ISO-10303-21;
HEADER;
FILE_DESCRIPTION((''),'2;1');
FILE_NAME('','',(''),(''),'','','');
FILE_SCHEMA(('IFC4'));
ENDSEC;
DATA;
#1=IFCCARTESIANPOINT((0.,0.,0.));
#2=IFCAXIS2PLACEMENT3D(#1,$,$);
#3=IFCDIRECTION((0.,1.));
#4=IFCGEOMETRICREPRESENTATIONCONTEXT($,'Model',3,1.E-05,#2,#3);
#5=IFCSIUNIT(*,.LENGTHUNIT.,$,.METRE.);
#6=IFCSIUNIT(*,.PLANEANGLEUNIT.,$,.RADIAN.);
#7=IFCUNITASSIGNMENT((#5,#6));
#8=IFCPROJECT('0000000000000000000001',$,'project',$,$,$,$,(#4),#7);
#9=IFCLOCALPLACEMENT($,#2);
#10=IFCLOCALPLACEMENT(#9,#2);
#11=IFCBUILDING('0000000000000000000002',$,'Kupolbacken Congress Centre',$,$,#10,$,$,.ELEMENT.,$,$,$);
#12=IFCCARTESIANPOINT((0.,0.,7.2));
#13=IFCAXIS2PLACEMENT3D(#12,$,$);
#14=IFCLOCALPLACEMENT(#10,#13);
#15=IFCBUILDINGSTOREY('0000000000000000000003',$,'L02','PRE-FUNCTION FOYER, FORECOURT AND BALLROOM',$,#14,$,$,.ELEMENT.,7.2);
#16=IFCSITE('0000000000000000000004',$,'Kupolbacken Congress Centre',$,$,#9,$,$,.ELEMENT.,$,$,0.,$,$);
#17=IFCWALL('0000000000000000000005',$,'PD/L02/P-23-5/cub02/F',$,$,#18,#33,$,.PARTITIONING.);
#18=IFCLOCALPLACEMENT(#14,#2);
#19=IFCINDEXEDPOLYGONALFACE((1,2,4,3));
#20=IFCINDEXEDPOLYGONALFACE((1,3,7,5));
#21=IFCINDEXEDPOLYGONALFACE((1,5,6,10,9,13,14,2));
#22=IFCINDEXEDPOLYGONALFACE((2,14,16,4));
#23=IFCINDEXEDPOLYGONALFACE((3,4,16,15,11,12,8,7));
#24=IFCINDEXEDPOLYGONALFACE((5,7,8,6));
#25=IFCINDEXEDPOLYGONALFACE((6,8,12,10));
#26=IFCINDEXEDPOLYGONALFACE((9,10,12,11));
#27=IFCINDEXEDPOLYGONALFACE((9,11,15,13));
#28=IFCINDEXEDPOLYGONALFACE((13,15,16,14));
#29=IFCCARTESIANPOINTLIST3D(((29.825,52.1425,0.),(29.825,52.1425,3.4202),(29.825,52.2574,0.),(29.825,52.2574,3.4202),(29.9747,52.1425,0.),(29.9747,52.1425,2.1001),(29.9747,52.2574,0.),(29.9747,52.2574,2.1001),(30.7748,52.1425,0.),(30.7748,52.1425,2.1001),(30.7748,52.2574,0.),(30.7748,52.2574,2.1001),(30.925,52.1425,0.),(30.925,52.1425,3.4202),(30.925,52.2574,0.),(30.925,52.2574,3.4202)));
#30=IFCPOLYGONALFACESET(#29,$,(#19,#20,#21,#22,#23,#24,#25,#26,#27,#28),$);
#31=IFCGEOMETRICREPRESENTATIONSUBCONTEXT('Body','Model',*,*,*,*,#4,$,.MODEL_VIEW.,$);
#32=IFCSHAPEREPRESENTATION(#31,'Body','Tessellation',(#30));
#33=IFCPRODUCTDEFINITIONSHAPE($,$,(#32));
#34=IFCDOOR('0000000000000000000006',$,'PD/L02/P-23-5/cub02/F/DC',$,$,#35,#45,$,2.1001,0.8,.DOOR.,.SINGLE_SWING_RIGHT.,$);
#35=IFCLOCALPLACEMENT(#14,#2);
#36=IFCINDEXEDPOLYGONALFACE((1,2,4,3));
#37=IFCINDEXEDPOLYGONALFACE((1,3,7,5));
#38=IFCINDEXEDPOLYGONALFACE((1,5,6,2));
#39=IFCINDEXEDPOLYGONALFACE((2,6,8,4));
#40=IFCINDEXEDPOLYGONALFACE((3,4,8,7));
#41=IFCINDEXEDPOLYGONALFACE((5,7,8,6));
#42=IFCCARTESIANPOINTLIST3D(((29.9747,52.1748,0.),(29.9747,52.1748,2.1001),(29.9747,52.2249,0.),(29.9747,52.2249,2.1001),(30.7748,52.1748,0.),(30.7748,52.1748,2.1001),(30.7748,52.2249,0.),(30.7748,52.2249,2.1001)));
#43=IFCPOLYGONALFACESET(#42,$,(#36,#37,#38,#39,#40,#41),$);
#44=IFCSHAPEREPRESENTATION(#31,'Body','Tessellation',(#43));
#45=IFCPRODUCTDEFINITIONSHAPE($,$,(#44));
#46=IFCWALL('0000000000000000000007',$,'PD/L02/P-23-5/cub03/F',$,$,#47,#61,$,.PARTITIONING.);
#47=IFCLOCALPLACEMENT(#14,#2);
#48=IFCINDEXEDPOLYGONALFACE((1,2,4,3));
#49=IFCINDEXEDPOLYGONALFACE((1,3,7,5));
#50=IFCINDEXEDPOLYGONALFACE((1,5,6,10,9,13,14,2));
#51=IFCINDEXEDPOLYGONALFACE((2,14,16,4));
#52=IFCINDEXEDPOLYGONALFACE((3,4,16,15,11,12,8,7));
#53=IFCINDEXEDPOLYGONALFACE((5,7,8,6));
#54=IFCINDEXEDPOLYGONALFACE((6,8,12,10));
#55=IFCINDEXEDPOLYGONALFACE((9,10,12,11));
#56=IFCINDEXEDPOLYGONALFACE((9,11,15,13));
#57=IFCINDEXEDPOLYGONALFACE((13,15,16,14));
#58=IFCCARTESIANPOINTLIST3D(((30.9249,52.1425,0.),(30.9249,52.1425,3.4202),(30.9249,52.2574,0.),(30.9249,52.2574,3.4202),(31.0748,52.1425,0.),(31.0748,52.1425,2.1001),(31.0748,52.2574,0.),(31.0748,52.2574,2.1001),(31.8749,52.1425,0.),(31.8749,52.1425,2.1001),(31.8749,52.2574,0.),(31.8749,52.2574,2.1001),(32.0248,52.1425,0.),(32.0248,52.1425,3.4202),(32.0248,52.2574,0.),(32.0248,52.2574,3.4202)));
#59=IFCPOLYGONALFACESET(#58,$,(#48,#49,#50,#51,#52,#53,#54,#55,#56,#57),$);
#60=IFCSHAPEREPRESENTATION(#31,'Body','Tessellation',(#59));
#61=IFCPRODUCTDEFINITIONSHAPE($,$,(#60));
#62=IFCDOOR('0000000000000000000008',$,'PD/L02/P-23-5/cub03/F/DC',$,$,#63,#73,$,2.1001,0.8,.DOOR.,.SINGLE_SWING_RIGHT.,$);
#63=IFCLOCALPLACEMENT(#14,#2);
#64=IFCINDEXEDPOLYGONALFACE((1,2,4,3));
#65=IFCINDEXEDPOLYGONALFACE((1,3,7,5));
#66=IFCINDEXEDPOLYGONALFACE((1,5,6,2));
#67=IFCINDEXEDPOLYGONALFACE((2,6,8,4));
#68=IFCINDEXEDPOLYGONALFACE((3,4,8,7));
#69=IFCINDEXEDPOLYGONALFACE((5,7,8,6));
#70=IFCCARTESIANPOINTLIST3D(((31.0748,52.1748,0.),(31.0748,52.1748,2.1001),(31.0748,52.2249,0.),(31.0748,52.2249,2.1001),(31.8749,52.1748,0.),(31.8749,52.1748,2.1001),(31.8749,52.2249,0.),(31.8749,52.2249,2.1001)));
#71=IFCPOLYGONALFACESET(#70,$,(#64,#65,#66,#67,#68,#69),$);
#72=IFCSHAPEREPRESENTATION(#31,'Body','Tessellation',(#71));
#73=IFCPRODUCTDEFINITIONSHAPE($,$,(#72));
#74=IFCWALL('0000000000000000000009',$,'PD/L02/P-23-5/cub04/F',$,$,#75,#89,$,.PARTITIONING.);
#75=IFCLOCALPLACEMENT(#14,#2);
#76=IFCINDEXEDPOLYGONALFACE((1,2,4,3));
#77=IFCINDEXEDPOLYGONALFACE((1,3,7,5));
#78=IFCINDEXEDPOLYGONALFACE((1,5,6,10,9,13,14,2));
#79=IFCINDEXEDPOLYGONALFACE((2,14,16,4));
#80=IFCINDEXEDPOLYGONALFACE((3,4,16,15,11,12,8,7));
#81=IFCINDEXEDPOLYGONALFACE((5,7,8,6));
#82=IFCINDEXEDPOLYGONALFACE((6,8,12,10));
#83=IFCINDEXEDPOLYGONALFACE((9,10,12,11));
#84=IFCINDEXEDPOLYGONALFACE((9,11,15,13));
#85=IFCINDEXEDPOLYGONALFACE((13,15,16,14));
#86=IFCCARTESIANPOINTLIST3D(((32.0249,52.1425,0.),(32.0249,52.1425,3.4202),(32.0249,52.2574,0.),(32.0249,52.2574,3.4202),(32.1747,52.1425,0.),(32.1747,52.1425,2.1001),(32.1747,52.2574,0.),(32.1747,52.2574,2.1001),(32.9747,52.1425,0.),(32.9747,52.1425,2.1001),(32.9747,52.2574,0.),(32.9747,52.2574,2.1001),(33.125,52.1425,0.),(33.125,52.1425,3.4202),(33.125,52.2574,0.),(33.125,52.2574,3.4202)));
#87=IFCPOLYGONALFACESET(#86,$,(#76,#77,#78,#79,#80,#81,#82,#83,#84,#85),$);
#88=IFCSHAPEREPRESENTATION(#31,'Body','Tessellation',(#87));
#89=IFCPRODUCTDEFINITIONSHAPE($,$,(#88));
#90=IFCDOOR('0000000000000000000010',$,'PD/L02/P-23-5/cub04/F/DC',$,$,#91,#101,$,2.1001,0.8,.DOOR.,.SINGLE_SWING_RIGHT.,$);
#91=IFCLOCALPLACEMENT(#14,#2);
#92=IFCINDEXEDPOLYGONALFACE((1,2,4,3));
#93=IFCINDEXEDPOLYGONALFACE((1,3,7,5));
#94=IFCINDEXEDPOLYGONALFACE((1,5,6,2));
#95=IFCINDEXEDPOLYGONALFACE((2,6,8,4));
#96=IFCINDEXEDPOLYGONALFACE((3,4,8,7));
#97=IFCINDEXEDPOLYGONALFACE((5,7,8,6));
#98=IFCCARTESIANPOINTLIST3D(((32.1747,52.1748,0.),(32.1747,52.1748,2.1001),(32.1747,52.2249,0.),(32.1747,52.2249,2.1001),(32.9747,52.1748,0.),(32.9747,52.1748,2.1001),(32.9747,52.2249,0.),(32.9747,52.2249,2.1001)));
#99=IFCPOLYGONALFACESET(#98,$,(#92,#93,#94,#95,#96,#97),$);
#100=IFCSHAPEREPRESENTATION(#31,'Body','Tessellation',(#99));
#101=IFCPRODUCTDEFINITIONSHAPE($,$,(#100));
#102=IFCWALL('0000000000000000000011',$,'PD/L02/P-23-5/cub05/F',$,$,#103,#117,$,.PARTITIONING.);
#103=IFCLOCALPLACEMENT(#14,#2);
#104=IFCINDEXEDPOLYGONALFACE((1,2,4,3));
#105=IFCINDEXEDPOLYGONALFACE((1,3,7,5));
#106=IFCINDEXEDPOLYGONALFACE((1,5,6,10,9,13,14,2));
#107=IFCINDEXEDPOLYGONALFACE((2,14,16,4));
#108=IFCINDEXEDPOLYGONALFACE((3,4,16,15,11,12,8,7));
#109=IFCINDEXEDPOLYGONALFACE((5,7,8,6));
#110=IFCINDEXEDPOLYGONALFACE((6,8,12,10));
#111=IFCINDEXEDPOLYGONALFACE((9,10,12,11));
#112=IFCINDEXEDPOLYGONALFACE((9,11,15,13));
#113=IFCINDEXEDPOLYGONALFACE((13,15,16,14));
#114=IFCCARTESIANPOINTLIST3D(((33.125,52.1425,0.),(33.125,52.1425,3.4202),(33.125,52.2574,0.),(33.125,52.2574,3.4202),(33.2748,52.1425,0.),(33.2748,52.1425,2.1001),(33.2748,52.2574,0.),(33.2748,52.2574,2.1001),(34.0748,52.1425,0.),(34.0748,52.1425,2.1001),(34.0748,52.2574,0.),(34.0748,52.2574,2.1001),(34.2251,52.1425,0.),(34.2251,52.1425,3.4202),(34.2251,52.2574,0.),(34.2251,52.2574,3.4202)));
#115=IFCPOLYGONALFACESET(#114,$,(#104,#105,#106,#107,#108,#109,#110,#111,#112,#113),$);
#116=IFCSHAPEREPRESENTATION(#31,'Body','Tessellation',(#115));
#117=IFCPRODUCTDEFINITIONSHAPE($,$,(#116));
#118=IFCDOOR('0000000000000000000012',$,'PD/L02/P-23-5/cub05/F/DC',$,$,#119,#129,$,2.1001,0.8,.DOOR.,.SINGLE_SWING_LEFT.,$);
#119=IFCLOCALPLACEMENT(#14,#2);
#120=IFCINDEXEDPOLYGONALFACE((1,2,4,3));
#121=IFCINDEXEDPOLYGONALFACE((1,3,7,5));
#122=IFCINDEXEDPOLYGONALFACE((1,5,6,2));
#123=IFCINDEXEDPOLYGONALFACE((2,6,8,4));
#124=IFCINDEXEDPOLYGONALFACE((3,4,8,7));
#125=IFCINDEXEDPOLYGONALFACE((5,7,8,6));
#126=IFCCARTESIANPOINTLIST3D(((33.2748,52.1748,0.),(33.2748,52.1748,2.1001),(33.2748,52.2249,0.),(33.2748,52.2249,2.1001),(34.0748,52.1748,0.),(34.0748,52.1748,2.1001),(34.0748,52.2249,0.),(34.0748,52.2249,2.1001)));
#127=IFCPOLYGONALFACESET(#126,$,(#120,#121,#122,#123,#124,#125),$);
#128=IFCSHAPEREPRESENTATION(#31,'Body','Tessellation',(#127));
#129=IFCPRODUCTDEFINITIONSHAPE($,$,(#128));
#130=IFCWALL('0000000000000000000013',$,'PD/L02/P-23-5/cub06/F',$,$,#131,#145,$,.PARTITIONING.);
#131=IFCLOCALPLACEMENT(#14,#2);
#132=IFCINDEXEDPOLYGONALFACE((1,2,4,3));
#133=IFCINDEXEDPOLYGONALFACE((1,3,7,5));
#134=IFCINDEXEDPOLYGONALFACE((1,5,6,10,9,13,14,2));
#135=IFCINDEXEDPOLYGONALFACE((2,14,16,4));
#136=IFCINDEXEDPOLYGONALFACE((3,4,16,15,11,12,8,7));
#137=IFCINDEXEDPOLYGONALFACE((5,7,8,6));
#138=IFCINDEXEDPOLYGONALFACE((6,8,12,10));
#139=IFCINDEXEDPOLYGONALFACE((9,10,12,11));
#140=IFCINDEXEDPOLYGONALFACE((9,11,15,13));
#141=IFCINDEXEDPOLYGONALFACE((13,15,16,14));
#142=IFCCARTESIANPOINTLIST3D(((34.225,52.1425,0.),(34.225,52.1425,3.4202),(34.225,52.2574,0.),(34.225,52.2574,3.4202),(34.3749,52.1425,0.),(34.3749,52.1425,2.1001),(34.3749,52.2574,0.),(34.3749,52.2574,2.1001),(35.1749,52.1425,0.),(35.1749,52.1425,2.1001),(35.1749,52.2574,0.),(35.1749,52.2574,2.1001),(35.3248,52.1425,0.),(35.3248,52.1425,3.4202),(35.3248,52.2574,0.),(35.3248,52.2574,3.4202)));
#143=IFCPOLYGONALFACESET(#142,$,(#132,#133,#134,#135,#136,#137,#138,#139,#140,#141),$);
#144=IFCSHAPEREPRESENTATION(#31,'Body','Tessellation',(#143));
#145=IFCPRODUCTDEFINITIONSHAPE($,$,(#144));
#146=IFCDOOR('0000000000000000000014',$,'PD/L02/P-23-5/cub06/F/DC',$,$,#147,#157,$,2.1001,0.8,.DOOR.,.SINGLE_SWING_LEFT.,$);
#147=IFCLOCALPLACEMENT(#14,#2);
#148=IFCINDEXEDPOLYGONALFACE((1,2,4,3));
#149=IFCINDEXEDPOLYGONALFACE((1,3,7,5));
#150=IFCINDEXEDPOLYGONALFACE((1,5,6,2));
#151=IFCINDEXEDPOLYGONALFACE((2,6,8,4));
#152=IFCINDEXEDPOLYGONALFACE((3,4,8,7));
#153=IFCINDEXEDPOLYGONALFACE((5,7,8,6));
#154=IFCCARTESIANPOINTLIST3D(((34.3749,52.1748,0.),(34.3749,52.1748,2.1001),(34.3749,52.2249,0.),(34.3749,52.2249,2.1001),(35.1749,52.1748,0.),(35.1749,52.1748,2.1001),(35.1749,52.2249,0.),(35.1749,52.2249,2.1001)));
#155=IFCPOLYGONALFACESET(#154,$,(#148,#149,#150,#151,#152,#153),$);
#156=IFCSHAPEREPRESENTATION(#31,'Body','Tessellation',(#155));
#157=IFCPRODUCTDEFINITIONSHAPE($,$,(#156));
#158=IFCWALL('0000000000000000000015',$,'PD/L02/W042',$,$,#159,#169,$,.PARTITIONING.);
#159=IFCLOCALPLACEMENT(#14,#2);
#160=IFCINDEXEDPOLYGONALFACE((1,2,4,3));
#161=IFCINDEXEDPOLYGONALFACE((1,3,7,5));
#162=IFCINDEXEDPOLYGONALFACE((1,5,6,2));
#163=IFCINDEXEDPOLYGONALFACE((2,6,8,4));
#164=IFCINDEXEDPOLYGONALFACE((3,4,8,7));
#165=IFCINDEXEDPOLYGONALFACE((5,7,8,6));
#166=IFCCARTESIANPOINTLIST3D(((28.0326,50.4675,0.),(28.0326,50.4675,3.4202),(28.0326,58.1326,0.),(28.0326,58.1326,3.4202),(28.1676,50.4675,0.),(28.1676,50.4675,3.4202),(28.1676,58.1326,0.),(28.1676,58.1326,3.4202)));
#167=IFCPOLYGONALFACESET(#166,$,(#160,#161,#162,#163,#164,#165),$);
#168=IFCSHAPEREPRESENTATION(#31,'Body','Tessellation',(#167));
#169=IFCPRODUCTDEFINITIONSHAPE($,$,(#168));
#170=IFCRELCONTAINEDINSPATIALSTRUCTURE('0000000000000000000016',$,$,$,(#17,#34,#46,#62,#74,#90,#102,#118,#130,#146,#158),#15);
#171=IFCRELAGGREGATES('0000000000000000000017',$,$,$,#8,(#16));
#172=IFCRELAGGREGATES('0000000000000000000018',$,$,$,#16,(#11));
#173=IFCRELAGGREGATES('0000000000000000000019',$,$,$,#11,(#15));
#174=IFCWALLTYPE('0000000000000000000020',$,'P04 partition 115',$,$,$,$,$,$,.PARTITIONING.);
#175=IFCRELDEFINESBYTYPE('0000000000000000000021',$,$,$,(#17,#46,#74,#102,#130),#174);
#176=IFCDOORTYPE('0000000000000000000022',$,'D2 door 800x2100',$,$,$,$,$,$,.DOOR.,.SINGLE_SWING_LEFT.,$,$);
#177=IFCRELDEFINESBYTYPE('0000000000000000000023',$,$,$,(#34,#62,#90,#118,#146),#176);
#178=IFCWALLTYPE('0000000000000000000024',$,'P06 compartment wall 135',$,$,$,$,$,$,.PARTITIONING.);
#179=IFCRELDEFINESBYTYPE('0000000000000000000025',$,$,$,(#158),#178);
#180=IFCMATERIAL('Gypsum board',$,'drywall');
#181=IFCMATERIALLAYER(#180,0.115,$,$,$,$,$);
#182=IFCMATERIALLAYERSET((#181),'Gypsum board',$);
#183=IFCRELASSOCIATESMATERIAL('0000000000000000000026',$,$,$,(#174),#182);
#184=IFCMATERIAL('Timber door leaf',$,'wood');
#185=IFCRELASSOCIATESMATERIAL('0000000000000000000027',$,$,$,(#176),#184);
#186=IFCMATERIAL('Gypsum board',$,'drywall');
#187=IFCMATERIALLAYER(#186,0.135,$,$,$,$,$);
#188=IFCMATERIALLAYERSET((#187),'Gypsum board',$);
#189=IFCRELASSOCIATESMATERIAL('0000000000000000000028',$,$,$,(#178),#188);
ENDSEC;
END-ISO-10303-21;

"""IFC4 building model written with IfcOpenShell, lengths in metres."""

from ifc_helpers import new_model, si_unit, direction, frame, frame_2d, origin, place, context, subcontext, project, spatial, rectangle, extrude, material, layer, layer_set, type_object, element, fill, save


model = new_model("IFC4")

# Units and contexts
model_context = context("Model", 3, precision=1e-05, world=origin(), true_north=direction((0.0, 1.0)))
body_context = subcontext(model_context, "Body", "Model", "MODEL_VIEW")
ifc_project = project(units=[si_unit("LENGTHUNIT", "METRE"), si_unit("PLANEANGLEUNIT", "RADIAN")], contexts=[model_context])

# Site, building, storey
site_placement = place(None, origin())
site = spatial("IfcSite", under=ifc_project, at=site_placement, Name="Kupolbacken Congress Centre", CompositionType="ELEMENT", RefElevation=0.0)
building_placement = place(site_placement, origin())
building = spatial("IfcBuilding", under=site, at=building_placement, Name="Kupolbacken Congress Centre", CompositionType="ELEMENT")
storey_placement = place(building_placement, frame((0.0, 0.0, 7.2)))
storey = spatial("IfcBuildingStorey", under=building, at=storey_placement, Name="L02", Description="PRE-FUNCTION FOYER, FORECOURT AND BALLROOM", CompositionType="ELEMENT", Elevation=7.2)

# Walls, openings, doors
ifc_material_1 = material(Name="Gypsum board", Category="drywall")
ifc_layer_1 = layer(ifc_material_1, 0.115)
ifc_layer_set_1 = layer_set([ifc_layer_1], Name="Gypsum board")
wall_type_1 = type_object("IfcWallType", Name="P04 partition 115", PredefinedType="PARTITIONING", material=ifc_layer_set_1)
ifc_material_2 = material(Name="Timber door leaf", Category="wood")
door_type_1 = type_object("IfcDoorType", Name="D2 door 800x2100", OperationType="SINGLE_SWING_LEFT", PredefinedType="DOOR", material=ifc_material_2)
wall_1_placement = place(storey_placement, frame((29.825, 52.2, 0.0), z_axis=(0.0, 0.0, 1.0), x_axis=(1.0, 0.0, 0.0)))
wall_1 = element("IfcWall", 1, at=wall_1_placement, inside=storey, type_object=wall_type_1, Name="PD/L02/P-23-5/cub02/F", PredefinedType="PARTITIONING", context=body_context, shape_type="SweptSolid", body=[
    extrude(rectangle(XDim=1.1001, YDim=0.115, at=frame_2d((0.55, 0.0))), origin(), (0.0, 0.0, 1.0), 3.4202),
])
opening_1_placement = place(wall_1_placement, frame((0.1499, 0.0, 0.0)))
opening_1 = element("IfcOpeningElement", 2, at=opening_1_placement, cuts=wall_1, PredefinedType="OPENING", context=body_context, shape_type="SweptSolid", body=[
    extrude(rectangle(XDim=0.8, YDim=2.1001, at=frame_2d((0.3999, 1.05))), frame((0.0, 0.0674, 0.0), z_axis=(0.0, -1.0, 0.0), x_axis=(1.0, 0.0, 0.0)), (0.0, 0.0, 1.0), 0.135),
])
door_1_placement = place(opening_1_placement, origin())
door_1 = element("IfcDoor", 3, at=door_1_placement, inside=storey, type_object=door_type_1, Name="PD/L02/P-23-5/cub02/F/DC", OperationType="SINGLE_SWING_RIGHT", OverallHeight=2.1001, OverallWidth=0.8, PredefinedType="DOOR", context=body_context, shape_type="SweptSolid", body=[
    extrude(rectangle(XDim=0.8, YDim=2.1001, at=frame_2d((0.3999, 1.05))), frame((0.0, 0.0249, 0.0), z_axis=(0.0, -1.0, 0.0), x_axis=(1.0, 0.0, 0.0)), (0.0, 0.0, 1.0), 0.05),
])
fill(opening_1, door_1)
wall_2_placement = place(storey_placement, frame((30.925, 52.2, 0.0), z_axis=(0.0, 0.0, 1.0), x_axis=(1.0, 0.0, 0.0)))
wall_2 = element("IfcWall", 4, at=wall_2_placement, inside=storey, type_object=wall_type_1, Name="PD/L02/P-23-5/cub03/F", PredefinedType="PARTITIONING", context=body_context, shape_type="SweptSolid", body=[
    extrude(rectangle(XDim=1.0999, YDim=0.115, at=frame_2d((0.5498, 0.0))), origin(), (0.0, 0.0, 1.0), 3.4202),
])
opening_2_placement = place(wall_2_placement, frame((0.1499, 0.0, 0.0)))
opening_2 = element("IfcOpeningElement", 5, at=opening_2_placement, cuts=wall_2, PredefinedType="OPENING", context=body_context, shape_type="SweptSolid", body=[
    extrude(rectangle(XDim=0.8, YDim=2.1001, at=frame_2d((0.3999, 1.05))), frame((0.0, 0.0674, 0.0), z_axis=(0.0, -1.0, 0.0), x_axis=(1.0, 0.0, 0.0)), (0.0, 0.0, 1.0), 0.135),
])
door_2_placement = place(opening_2_placement, origin())
door_2 = element("IfcDoor", 6, at=door_2_placement, inside=storey, type_object=door_type_1, Name="PD/L02/P-23-5/cub03/F/DC", OperationType="SINGLE_SWING_RIGHT", OverallHeight=2.1001, OverallWidth=0.8, PredefinedType="DOOR", context=body_context, shape_type="SweptSolid", body=[
    extrude(rectangle(XDim=0.8, YDim=2.1001, at=frame_2d((0.3999, 1.05))), frame((0.0, 0.0249, 0.0), z_axis=(0.0, -1.0, 0.0), x_axis=(1.0, 0.0, 0.0)), (0.0, 0.0, 1.0), 0.05),
])
fill(opening_2, door_2)
wall_3_placement = place(storey_placement, frame((32.0249, 52.2, 0.0), z_axis=(0.0, 0.0, 1.0), x_axis=(1.0, 0.0, 0.0)))
wall_3 = element("IfcWall", 7, at=wall_3_placement, inside=storey, type_object=wall_type_1, Name="PD/L02/P-23-5/cub04/F", PredefinedType="PARTITIONING", context=body_context, shape_type="SweptSolid", body=[
    extrude(rectangle(XDim=1.1001, YDim=0.115, at=frame_2d((0.55, 0.0))), origin(), (0.0, 0.0, 1.0), 3.4202),
])
opening_3_placement = place(wall_3_placement, frame((0.1499, 0.0, 0.0)))
opening_3 = element("IfcOpeningElement", 8, at=opening_3_placement, cuts=wall_3, PredefinedType="OPENING", context=body_context, shape_type="SweptSolid", body=[
    extrude(rectangle(XDim=0.8, YDim=2.1001, at=frame_2d((0.3999, 1.05))), frame((0.0, 0.0674, 0.0), z_axis=(0.0, -1.0, 0.0), x_axis=(1.0, 0.0, 0.0)), (0.0, 0.0, 1.0), 0.135),
])
door_3_placement = place(opening_3_placement, origin())
door_3 = element("IfcDoor", 9, at=door_3_placement, inside=storey, type_object=door_type_1, Name="PD/L02/P-23-5/cub04/F/DC", OperationType="SINGLE_SWING_RIGHT", OverallHeight=2.1001, OverallWidth=0.8, PredefinedType="DOOR", context=body_context, shape_type="SweptSolid", body=[
    extrude(rectangle(XDim=0.8, YDim=2.1001, at=frame_2d((0.3999, 1.05))), frame((0.0, 0.0249, 0.0), z_axis=(0.0, -1.0, 0.0), x_axis=(1.0, 0.0, 0.0)), (0.0, 0.0, 1.0), 0.05),
])
fill(opening_3, door_3)
wall_4_placement = place(storey_placement, frame((33.125, 52.2, 0.0), z_axis=(0.0, 0.0, 1.0), x_axis=(1.0, 0.0, 0.0)))
wall_4 = element("IfcWall", 10, at=wall_4_placement, inside=storey, type_object=wall_type_1, Name="PD/L02/P-23-5/cub05/F", PredefinedType="PARTITIONING", context=body_context, shape_type="SweptSolid", body=[
    extrude(rectangle(XDim=1.1001, YDim=0.115, at=frame_2d((0.55, 0.0))), origin(), (0.0, 0.0, 1.0), 3.4202),
])
opening_4_placement = place(wall_4_placement, frame((0.1499, 0.0, 0.0)))
opening_4 = element("IfcOpeningElement", 11, at=opening_4_placement, cuts=wall_4, PredefinedType="OPENING", context=body_context, shape_type="SweptSolid", body=[
    extrude(rectangle(XDim=0.8, YDim=2.1001, at=frame_2d((0.3999, 1.05))), frame((0.0, 0.0674, 0.0), z_axis=(0.0, -1.0, 0.0), x_axis=(1.0, 0.0, 0.0)), (0.0, 0.0, 1.0), 0.135),
])
door_4_placement = place(opening_4_placement, origin())
door_4 = element("IfcDoor", 12, at=door_4_placement, inside=storey, type_object=door_type_1, Name="PD/L02/P-23-5/cub05/F/DC", OperationType="SINGLE_SWING_LEFT", OverallHeight=2.1001, OverallWidth=0.8, PredefinedType="DOOR", context=body_context, shape_type="SweptSolid", body=[
    extrude(rectangle(XDim=0.8, YDim=2.1001, at=frame_2d((0.3999, 1.05))), frame((0.0, 0.0249, 0.0), z_axis=(0.0, -1.0, 0.0), x_axis=(1.0, 0.0, 0.0)), (0.0, 0.0, 1.0), 0.05),
])
fill(opening_4, door_4)
wall_5_placement = place(storey_placement, frame((34.2251, 52.2, 0.0), z_axis=(0.0, 0.0, 1.0), x_axis=(1.0, 0.0, 0.0)))
wall_5 = element("IfcWall", 13, at=wall_5_placement, inside=storey, type_object=wall_type_1, Name="PD/L02/P-23-5/cub06/F", PredefinedType="PARTITIONING", context=body_context, shape_type="SweptSolid", body=[
    extrude(rectangle(XDim=1.0999, YDim=0.115, at=frame_2d((0.5498, 0.0))), origin(), (0.0, 0.0, 1.0), 3.4202),
])
opening_5_placement = place(wall_5_placement, frame((0.1499, 0.0, 0.0)))
opening_5 = element("IfcOpeningElement", 14, at=opening_5_placement, cuts=wall_5, PredefinedType="OPENING", context=body_context, shape_type="SweptSolid", body=[
    extrude(rectangle(XDim=0.8, YDim=2.1001, at=frame_2d((0.3999, 1.05))), frame((0.0, 0.0674, 0.0), z_axis=(0.0, -1.0, 0.0), x_axis=(1.0, 0.0, 0.0)), (0.0, 0.0, 1.0), 0.135),
])
door_5_placement = place(opening_5_placement, origin())
door_5 = element("IfcDoor", 15, at=door_5_placement, inside=storey, type_object=door_type_1, Name="PD/L02/P-23-5/cub06/F/DC", OperationType="SINGLE_SWING_LEFT", OverallHeight=2.1001, OverallWidth=0.8, PredefinedType="DOOR", context=body_context, shape_type="SweptSolid", body=[
    extrude(rectangle(XDim=0.8, YDim=2.1001, at=frame_2d((0.3999, 1.05))), frame((0.0, 0.0249, 0.0), z_axis=(0.0, -1.0, 0.0), x_axis=(1.0, 0.0, 0.0)), (0.0, 0.0, 1.0), 0.05),
])
fill(opening_5, door_5)

# Wall
ifc_material_3 = material(Name="Gypsum board", Category="drywall")
ifc_layer_2 = layer(ifc_material_3, 0.135)
ifc_layer_set_2 = layer_set([ifc_layer_2], Name="Gypsum board")
wall_type_2 = type_object("IfcWallType", Name="P06 compartment wall 135", PredefinedType="PARTITIONING", material=ifc_layer_set_2)
wall_6_placement = place(storey_placement, frame((28.1001, 58.1326, 0.0), z_axis=(0.0, 0.0, 1.0), x_axis=(0.0, -1.0, 0.0)))
element("IfcWall", 16, at=wall_6_placement, inside=storey, type_object=wall_type_2, Name="PD/L02/W042", PredefinedType="PARTITIONING", context=body_context, shape_type="SweptSolid", body=[
    extrude(rectangle(XDim=7.665, YDim=0.135, at=frame_2d((3.8325, 0.0))), origin(), (0.0, 0.0, 1.0), 3.4202),
])

save(model, "model.ifc")
